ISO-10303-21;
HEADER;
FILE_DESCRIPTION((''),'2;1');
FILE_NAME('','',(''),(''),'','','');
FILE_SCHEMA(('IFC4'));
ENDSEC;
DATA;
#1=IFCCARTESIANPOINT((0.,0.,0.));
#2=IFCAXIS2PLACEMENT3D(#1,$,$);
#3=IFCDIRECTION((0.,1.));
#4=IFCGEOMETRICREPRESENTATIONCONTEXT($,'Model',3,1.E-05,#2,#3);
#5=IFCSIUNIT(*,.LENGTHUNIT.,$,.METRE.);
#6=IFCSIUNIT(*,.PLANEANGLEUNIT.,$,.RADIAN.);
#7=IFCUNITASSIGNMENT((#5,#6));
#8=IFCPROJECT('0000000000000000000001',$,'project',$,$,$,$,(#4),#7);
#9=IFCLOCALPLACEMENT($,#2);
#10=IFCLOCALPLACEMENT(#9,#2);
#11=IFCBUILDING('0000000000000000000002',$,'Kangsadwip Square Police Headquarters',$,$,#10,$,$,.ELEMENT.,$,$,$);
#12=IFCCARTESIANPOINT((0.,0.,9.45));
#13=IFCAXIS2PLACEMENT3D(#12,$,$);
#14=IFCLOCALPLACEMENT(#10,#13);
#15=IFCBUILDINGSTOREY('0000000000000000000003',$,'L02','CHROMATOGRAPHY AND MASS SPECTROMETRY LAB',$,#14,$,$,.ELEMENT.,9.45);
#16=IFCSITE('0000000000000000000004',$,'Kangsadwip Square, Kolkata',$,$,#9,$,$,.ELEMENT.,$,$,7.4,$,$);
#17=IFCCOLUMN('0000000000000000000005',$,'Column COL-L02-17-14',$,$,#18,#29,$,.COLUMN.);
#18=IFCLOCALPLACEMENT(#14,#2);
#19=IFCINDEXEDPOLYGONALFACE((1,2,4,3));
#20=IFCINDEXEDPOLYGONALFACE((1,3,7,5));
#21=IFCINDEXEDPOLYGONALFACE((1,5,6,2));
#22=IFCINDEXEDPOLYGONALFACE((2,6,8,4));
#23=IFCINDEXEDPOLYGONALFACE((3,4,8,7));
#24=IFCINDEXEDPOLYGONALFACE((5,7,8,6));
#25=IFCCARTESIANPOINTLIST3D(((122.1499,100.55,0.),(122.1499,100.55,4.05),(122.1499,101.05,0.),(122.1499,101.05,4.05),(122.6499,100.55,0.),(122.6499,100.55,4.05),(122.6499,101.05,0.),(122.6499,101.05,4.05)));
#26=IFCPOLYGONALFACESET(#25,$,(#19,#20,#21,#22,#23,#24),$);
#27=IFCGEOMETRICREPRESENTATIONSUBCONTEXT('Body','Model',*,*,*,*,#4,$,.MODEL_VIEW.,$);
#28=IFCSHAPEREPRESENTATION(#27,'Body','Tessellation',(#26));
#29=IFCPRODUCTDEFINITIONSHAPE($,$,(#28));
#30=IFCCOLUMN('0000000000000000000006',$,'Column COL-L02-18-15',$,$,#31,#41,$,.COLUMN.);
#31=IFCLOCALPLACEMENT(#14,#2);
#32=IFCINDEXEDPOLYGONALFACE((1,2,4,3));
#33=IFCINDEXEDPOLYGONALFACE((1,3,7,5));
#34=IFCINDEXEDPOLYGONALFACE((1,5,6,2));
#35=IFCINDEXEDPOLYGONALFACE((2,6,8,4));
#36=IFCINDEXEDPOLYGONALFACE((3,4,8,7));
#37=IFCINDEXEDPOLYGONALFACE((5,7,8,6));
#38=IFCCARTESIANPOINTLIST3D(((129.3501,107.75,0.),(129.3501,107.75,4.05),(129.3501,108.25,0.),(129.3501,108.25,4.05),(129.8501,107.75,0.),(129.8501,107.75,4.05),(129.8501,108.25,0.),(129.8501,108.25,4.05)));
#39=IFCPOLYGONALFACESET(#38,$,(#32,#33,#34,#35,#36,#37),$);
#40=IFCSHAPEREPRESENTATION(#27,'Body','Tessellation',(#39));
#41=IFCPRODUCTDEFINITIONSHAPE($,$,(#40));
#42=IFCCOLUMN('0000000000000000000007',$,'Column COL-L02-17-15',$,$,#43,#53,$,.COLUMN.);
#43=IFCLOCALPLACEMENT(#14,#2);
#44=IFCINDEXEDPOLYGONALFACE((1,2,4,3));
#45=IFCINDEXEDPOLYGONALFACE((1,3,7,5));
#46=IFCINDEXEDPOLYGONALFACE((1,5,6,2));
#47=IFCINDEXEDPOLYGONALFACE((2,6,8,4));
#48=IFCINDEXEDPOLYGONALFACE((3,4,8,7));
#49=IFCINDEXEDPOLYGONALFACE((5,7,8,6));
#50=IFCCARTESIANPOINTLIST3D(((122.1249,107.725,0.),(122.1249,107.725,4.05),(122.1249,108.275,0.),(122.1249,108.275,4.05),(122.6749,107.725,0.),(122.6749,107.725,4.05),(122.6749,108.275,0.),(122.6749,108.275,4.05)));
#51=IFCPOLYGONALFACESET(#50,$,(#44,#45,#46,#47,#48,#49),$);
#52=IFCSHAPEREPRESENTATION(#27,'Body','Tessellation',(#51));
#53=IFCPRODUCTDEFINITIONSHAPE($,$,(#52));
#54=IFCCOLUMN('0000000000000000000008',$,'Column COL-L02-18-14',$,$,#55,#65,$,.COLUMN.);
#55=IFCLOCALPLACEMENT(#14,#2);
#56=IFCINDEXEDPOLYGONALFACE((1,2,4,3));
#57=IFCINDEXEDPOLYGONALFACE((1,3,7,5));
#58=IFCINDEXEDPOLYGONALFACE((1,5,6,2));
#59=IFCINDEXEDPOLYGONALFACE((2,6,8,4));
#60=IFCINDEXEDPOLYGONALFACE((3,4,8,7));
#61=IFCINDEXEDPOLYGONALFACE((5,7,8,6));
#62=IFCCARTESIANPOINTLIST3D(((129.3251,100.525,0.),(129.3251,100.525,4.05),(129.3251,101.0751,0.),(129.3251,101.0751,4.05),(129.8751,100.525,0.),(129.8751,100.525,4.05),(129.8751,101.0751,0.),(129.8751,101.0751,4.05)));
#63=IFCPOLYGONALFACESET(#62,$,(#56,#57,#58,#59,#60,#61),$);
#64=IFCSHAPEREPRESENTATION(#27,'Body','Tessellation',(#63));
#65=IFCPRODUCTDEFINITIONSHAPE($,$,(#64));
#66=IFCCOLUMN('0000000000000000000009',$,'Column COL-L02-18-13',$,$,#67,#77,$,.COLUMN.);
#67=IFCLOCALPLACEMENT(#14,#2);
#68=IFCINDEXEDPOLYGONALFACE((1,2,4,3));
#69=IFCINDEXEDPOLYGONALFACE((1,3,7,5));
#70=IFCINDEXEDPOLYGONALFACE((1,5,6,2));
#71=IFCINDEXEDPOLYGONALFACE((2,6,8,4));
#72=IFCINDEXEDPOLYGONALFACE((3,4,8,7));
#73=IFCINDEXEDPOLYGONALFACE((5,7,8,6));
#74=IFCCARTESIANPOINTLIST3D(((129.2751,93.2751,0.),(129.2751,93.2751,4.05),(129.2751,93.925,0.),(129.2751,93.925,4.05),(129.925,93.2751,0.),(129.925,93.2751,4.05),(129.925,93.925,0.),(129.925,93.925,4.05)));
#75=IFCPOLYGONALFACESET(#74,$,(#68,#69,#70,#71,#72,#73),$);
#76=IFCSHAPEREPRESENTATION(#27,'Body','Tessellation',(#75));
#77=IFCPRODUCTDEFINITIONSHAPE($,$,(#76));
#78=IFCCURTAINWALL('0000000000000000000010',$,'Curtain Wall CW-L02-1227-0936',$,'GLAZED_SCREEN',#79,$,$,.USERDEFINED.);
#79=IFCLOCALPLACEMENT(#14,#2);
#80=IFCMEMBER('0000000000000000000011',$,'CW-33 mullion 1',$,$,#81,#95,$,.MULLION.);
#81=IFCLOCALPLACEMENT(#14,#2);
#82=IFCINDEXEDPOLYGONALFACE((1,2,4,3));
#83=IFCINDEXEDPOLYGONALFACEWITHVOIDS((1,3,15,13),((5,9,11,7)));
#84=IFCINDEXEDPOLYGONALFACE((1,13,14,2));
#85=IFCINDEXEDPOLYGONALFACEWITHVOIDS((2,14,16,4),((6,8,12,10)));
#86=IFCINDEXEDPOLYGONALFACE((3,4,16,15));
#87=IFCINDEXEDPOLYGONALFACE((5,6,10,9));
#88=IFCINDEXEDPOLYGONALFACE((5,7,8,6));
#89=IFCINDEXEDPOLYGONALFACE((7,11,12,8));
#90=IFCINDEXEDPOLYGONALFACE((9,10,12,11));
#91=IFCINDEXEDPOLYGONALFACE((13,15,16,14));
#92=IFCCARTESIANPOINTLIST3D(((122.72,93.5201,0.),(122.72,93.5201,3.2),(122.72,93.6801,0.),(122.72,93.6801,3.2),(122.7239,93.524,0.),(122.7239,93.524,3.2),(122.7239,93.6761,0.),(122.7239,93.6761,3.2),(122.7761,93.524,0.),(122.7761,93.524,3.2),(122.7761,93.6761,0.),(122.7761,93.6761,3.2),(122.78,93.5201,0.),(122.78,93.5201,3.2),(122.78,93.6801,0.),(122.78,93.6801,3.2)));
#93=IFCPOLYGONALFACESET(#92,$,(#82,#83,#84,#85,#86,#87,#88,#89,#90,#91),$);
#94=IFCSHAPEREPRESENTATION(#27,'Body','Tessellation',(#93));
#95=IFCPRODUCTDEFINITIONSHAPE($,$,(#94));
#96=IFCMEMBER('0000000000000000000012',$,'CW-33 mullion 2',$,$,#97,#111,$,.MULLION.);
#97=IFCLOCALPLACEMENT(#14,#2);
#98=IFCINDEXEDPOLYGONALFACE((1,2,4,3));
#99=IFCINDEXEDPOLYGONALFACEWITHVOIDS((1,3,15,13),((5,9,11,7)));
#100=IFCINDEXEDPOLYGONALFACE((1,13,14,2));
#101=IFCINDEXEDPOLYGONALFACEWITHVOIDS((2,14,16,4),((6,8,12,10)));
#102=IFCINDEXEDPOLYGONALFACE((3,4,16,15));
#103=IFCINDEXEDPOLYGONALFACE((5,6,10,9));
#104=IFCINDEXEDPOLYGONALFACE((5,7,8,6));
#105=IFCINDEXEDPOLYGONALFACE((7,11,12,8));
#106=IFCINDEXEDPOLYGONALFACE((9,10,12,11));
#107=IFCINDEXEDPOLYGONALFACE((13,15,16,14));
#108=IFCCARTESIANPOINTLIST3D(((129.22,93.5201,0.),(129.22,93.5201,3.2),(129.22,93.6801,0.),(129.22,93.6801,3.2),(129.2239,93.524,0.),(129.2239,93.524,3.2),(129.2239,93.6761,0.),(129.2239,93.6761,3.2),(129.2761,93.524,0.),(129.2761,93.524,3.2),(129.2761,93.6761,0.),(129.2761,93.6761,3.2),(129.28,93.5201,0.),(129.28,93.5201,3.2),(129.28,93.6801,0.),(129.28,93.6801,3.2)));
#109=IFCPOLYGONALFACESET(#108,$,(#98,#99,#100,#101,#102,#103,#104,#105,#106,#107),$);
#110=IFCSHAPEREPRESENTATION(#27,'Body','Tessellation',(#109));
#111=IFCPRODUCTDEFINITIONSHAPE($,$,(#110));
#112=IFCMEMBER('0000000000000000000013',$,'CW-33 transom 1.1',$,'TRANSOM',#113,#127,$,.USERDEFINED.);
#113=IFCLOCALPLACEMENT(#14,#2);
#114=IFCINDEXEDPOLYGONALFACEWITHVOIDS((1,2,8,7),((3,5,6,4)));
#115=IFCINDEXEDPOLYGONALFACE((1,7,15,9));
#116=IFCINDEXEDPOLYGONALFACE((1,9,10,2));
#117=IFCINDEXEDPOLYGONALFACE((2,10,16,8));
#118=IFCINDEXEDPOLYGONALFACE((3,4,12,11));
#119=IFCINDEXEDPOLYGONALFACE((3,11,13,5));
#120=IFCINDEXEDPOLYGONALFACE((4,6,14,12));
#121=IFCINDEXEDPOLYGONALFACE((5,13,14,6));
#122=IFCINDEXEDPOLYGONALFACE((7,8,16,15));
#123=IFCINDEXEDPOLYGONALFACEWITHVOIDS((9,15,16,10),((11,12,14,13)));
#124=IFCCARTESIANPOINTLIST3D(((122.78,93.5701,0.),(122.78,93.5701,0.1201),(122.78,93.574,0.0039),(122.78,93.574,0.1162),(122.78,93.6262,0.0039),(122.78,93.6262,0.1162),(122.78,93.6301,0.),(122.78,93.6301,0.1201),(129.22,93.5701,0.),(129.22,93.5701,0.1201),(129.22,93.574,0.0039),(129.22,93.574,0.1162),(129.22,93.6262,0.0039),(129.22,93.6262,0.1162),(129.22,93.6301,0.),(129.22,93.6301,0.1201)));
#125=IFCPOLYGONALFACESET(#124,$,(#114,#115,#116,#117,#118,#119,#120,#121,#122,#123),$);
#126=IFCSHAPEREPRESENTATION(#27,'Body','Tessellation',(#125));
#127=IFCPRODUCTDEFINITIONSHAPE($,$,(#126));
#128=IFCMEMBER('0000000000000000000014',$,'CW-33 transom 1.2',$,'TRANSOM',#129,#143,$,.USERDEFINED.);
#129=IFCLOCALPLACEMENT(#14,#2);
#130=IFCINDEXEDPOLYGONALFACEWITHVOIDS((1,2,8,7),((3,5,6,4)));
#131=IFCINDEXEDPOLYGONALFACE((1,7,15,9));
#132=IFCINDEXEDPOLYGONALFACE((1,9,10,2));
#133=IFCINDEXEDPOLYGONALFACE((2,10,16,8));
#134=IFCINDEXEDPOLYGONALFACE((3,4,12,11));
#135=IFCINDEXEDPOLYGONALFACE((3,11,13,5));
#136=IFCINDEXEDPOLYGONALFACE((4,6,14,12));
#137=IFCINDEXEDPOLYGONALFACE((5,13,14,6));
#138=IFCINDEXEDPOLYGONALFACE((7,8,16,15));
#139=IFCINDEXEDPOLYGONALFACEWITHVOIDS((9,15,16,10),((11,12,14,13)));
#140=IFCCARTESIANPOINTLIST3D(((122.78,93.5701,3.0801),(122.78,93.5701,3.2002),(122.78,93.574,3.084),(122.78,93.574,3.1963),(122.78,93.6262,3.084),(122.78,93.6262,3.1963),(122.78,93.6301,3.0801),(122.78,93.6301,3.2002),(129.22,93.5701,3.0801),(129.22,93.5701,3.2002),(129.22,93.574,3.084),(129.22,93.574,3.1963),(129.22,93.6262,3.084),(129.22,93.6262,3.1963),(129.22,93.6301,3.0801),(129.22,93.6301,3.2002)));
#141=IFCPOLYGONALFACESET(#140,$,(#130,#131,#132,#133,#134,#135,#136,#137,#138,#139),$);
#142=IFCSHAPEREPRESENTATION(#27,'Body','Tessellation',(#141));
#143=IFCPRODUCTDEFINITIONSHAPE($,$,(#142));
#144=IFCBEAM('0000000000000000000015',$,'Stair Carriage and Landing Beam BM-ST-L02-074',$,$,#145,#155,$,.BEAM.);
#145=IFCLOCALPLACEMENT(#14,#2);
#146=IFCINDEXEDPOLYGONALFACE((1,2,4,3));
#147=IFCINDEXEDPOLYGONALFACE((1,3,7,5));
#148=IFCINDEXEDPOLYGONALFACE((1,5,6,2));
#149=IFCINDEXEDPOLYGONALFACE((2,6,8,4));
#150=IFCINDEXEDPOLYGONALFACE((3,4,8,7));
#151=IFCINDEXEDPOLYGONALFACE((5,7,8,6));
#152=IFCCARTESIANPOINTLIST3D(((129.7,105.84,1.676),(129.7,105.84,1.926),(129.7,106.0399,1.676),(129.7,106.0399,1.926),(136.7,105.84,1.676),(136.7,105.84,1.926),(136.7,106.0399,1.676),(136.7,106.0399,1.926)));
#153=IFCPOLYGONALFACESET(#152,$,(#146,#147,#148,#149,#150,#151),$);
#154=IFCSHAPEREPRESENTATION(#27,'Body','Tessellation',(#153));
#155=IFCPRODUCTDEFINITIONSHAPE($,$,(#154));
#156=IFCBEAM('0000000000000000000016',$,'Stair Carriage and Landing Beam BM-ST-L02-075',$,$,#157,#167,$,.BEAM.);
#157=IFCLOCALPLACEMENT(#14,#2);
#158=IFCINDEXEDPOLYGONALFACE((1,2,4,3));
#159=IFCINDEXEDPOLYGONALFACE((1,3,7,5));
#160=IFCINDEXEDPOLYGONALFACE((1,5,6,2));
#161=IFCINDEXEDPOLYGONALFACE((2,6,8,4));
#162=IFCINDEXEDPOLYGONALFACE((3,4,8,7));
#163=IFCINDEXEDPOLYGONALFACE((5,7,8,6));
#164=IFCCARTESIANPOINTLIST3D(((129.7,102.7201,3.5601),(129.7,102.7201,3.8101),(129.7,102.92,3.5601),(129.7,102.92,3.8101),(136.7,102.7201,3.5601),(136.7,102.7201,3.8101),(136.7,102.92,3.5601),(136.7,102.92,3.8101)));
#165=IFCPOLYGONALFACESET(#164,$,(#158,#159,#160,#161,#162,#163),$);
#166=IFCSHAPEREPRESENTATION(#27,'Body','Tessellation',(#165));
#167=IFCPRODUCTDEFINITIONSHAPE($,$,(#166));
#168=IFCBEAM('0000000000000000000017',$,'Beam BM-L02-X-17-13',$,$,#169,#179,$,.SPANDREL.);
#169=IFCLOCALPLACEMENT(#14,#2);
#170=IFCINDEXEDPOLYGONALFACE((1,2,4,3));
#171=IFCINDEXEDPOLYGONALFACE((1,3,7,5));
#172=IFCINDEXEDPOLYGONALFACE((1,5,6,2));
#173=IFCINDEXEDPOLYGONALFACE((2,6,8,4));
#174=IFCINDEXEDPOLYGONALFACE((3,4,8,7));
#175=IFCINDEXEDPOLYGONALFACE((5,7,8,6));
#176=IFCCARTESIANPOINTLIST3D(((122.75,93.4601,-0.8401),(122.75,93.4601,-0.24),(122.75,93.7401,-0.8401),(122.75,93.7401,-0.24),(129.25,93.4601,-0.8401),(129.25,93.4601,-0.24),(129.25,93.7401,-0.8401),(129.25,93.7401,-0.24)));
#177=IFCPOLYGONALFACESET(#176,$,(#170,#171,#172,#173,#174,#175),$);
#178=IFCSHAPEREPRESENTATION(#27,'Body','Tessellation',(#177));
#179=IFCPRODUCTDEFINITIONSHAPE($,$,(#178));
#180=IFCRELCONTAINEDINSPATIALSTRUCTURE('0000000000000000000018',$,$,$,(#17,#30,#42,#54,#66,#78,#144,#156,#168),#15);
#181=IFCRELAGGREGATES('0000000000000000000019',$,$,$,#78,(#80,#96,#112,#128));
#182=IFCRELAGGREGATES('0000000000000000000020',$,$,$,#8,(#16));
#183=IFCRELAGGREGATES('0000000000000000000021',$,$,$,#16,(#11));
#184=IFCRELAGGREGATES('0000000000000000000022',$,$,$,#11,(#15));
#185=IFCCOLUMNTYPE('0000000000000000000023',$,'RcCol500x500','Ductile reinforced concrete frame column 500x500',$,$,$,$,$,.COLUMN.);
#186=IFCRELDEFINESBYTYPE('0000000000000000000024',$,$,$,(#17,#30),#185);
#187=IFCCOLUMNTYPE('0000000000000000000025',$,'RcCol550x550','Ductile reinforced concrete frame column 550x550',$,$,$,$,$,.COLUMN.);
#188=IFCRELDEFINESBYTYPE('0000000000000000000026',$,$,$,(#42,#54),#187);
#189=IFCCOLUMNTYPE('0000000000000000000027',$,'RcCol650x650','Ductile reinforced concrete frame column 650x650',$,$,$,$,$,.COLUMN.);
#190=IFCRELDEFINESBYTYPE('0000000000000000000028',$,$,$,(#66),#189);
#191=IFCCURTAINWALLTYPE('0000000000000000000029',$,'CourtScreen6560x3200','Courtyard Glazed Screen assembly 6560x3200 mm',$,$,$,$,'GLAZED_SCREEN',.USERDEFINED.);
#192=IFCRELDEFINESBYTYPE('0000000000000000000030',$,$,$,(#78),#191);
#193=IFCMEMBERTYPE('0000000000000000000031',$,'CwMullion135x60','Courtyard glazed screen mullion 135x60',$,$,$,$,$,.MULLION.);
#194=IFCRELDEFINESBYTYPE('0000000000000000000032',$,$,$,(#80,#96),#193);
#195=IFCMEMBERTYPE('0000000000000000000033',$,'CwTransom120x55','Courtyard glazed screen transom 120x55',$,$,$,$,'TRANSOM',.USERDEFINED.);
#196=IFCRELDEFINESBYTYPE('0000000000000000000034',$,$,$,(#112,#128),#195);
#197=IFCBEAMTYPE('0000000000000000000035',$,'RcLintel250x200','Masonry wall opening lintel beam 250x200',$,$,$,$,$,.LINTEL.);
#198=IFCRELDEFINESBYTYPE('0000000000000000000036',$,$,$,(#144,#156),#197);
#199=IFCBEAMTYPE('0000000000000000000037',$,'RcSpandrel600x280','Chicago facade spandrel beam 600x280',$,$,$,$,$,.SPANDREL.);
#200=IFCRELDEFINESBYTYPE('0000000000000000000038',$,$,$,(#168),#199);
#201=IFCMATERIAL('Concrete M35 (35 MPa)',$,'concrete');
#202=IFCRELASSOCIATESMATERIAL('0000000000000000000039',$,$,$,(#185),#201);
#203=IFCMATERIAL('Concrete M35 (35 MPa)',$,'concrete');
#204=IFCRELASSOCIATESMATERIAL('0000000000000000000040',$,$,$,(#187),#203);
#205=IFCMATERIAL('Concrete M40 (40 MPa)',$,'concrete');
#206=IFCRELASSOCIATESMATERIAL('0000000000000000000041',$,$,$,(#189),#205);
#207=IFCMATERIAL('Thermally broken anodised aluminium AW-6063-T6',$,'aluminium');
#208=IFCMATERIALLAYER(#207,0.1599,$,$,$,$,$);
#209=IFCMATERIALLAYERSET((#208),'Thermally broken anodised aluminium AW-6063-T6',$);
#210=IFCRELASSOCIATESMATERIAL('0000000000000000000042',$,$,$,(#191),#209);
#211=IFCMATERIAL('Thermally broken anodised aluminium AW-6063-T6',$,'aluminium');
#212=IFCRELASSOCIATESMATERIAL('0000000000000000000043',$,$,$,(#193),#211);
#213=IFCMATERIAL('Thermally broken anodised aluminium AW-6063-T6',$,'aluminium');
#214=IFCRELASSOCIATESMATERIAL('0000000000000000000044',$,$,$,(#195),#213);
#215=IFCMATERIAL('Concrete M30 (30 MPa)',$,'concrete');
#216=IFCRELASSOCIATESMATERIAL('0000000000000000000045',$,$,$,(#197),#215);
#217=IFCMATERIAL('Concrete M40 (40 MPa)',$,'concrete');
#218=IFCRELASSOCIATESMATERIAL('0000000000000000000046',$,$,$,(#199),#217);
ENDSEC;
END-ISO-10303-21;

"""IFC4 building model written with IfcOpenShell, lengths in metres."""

from ifc_helpers import new_model, si_unit, direction, frame, origin, origin_2d, place, context, subcontext, project, spatial, rectangle, hollow_rectangle, extrude, material, layer, layer_set, material_profile, profile_set, type_object, element, aggregate, save


model = new_model("IFC4")

# Units and contexts
model_context = context("Model", 3, precision=1e-05, world=origin(), true_north=direction((0.0, 1.0)))
body_context = subcontext(model_context, "Body", "Model", "MODEL_VIEW")
ifc_project = project(units=[si_unit("LENGTHUNIT", "METRE"), si_unit("PLANEANGLEUNIT", "RADIAN")], contexts=[model_context])

# Site, building, storey
site_placement = place(None, origin())
site = spatial("IfcSite", under=ifc_project, at=site_placement, Name="Kangsadwip Square, Kolkata", CompositionType="ELEMENT", RefElevation=7.4)
building_placement = place(site_placement, origin())
building = spatial("IfcBuilding", under=site, at=building_placement, Name="Kangsadwip Square Police Headquarters", CompositionType="ELEMENT")
storey_placement = place(building_placement, frame((0.0, 0.0, 9.45)))
storey = spatial("IfcBuildingStorey", under=building, at=storey_placement, Name="L02", Description="CHROMATOGRAPHY AND MASS SPECTROMETRY LAB", CompositionType="ELEMENT", Elevation=9.45)

# Columns
ifc_material_1 = material(Name="Concrete M35 (35 MPa)", Category="concrete")
ifc_material_profile_1 = material_profile(ifc_material_1, rectangle(XDim=0.5, YDim=0.5, at=origin_2d()), Name="RC COL 500X500")
ifc_profile_set_1 = profile_set([ifc_material_profile_1], Name="Concrete M35 (35 MPa)")
column_type_1 = type_object("IfcColumnType", Name="RcCol500x500", Description="Ductile reinforced concrete frame column 500x500", PredefinedType="COLUMN", material=ifc_profile_set_1)
for number, where, z_axis, x_axis, name in (
    (1, (122.3999, 100.8, 0.0), (0.0, 0.0, 1.0), (1.0, 0.0, 0.0), "Column COL-L02-17-14"),
    (2, (129.6001, 108.0, 0.0), (0.0, 0.0, 1.0), (1.0, 0.0, 0.0), "Column COL-L02-18-15"),
):
    element("IfcColumn", number, at=place(storey_placement, frame(where, z_axis=z_axis, x_axis=x_axis)), inside=storey, type_object=column_type_1, Name=name, PredefinedType="COLUMN", context=body_context, shape_type="SweptSolid", body=[
        extrude(rectangle(XDim=0.5, YDim=0.5, at=origin_2d()), origin(), (0.0, 0.0, 1.0), 4.05),
    ])
ifc_material_2 = material(Name="Concrete M35 (35 MPa)", Category="concrete")
ifc_material_profile_2 = material_profile(ifc_material_2, rectangle(XDim=0.55, YDim=0.55, at=origin_2d()), Name="RC COL 550X550")
ifc_profile_set_2 = profile_set([ifc_material_profile_2], Name="Concrete M35 (35 MPa)")
column_type_2 = type_object("IfcColumnType", Name="RcCol550x550", Description="Ductile reinforced concrete frame column 550x550", PredefinedType="COLUMN", material=ifc_profile_set_2)
for number, where, z_axis, x_axis, name in (
    (3, (122.3999, 108.0, 0.0), (0.0, 0.0, 1.0), (1.0, 0.0, 0.0), "Column COL-L02-17-15"),
    (4, (129.6001, 100.8, 0.0), (0.0, 0.0, 1.0), (1.0, 0.0, 0.0), "Column COL-L02-18-14"),
):
    element("IfcColumn", number, at=place(storey_placement, frame(where, z_axis=z_axis, x_axis=x_axis)), inside=storey, type_object=column_type_2, Name=name, PredefinedType="COLUMN", context=body_context, shape_type="SweptSolid", body=[
        extrude(rectangle(XDim=0.55, YDim=0.55, at=origin_2d()), origin(), (0.0, 0.0, 1.0), 4.05),
    ])
ifc_material_3 = material(Name="Concrete M40 (40 MPa)", Category="concrete")
ifc_material_profile_3 = material_profile(ifc_material_3, rectangle(XDim=0.6499, YDim=0.6499, at=origin_2d()), Name="RC COL 650X650")
ifc_profile_set_3 = profile_set([ifc_material_profile_3], Name="Concrete M40 (40 MPa)")
column_type_3 = type_object("IfcColumnType", Name="RcCol650x650", Description="Ductile reinforced concrete frame column 650x650", PredefinedType="COLUMN", material=ifc_profile_set_3)
column_placement = place(storey_placement, frame((129.6001, 93.6001, 0.0), z_axis=(0.0, 0.0, 1.0), x_axis=(1.0, 0.0, 0.0)))
element("IfcColumn", 5, at=column_placement, inside=storey, type_object=column_type_3, Name="Column COL-L02-18-13", PredefinedType="COLUMN", context=body_context, shape_type="SweptSolid", body=[
    extrude(rectangle(XDim=0.6499, YDim=0.6499, at=origin_2d()), origin(), (0.0, 0.0, 1.0), 4.05),
])

# Curtain wall, members
ifc_material_4 = material(Name="Thermally broken anodised aluminium AW-6063-T6", Category="aluminium")
ifc_layer_1 = layer(ifc_material_4, 0.1599)
ifc_layer_set_1 = layer_set([ifc_layer_1], Name="Thermally broken anodised aluminium AW-6063-T6")
curtain_wall_type = type_object("IfcCurtainWallType", Name="CourtScreen6560x3200", Description="Courtyard Glazed Screen assembly 6560x3200 mm", ElementType="GLAZED_SCREEN", PredefinedType="USERDEFINED", material=ifc_layer_set_1)
curtain_wall_placement = place(storey_placement, origin())
curtain_wall = element("IfcCurtainWall", 6, at=curtain_wall_placement, inside=storey, type_object=curtain_wall_type, Name="Curtain Wall CW-L02-1227-0936", ObjectType="GLAZED_SCREEN", PredefinedType="USERDEFINED")
ifc_material_5 = material(Name="Thermally broken anodised aluminium AW-6063-T6", Category="aluminium")
ifc_material_profile_4 = material_profile(ifc_material_5, hollow_rectangle(XDim=0.0601, YDim=0.1599, WallThickness=0.0039, at=origin_2d()), Name="CWM 160X60X4")
ifc_profile_set_4 = profile_set([ifc_material_profile_4], Name="Thermally broken anodised aluminium AW-6063-T6")
member_type_1 = type_object("IfcMemberType", Name="CwMullion135x60", Description="Courtyard glazed screen mullion 135x60", PredefinedType="MULLION", material=ifc_profile_set_4)
member_1_placement = place(storey_placement, frame((122.75, 93.6001, 0.0), z_axis=(0.0, 0.0, 1.0), x_axis=(1.0, 0.0, 0.0)))
member_1 = element("IfcMember", 7, at=member_1_placement, type_object=member_type_1, Name="CW-33 mullion 1", PredefinedType="MULLION", context=body_context, shape_type="SweptSolid", body=[
    extrude(hollow_rectangle(XDim=0.0601, YDim=0.1599, WallThickness=0.0039, at=origin_2d()), origin(), (0.0, 0.0, 1.0), 3.2),
])
member_2_placement = place(storey_placement, frame((129.25, 93.6001, 0.0), z_axis=(0.0, 0.0, 1.0), x_axis=(1.0, 0.0, 0.0)))
member_2 = element("IfcMember", 8, at=member_2_placement, type_object=member_type_1, Name="CW-33 mullion 2", PredefinedType="MULLION", context=body_context, shape_type="SweptSolid", body=[
    extrude(hollow_rectangle(XDim=0.0601, YDim=0.1599, WallThickness=0.0039, at=origin_2d()), origin(), (0.0, 0.0, 1.0), 3.2),
])
ifc_material_6 = material(Name="Thermally broken anodised aluminium AW-6063-T6", Category="aluminium")
ifc_material_profile_5 = material_profile(ifc_material_6, hollow_rectangle(XDim=0.0601, YDim=0.1201, WallThickness=0.0039, at=origin_2d()), Name="CWT 120X60X4")
ifc_profile_set_5 = profile_set([ifc_material_profile_5], Name="Thermally broken anodised aluminium AW-6063-T6")
member_type_2 = type_object("IfcMemberType", Name="CwTransom120x55", Description="Courtyard glazed screen transom 120x55", ElementType="TRANSOM", PredefinedType="USERDEFINED", material=ifc_profile_set_5)
member_3_placement = place(storey_placement, frame((122.78, 93.6001, 0.0601), z_axis=(1.0, 0.0, 0.0), x_axis=(0.0, 1.0, 0.0)))
member_3 = element("IfcMember", 9, at=member_3_placement, type_object=member_type_2, Name="CW-33 transom 1.1", ObjectType="TRANSOM", PredefinedType="USERDEFINED", context=body_context, shape_type="SweptSolid", body=[
    extrude(hollow_rectangle(XDim=0.0601, YDim=0.1201, WallThickness=0.0039, at=origin_2d()), origin(), (0.0, 0.0, 1.0), 6.4399),
])
member_4_placement = place(storey_placement, frame((122.78, 93.6001, 3.1401), z_axis=(1.0, 0.0, 0.0), x_axis=(0.0, 1.0, 0.0)))
member_4 = element("IfcMember", 10, at=member_4_placement, type_object=member_type_2, Name="CW-33 transom 1.2", ObjectType="TRANSOM", PredefinedType="USERDEFINED", context=body_context, shape_type="SweptSolid", body=[
    extrude(hollow_rectangle(XDim=0.0601, YDim=0.1201, WallThickness=0.0039, at=origin_2d()), origin(), (0.0, 0.0, 1.0), 6.4399),
])

# Beams
ifc_material_7 = material(Name="Concrete M30 (30 MPa)", Category="concrete")
ifc_material_profile_6 = material_profile(ifc_material_7, rectangle(XDim=0.2, YDim=0.25, at=origin_2d()), Name="RC LNT 250X200")
ifc_profile_set_6 = profile_set([ifc_material_profile_6], Name="Concrete M30 (30 MPa)")
beam_type_1 = type_object("IfcBeamType", Name="RcLintel250x200", Description="Masonry wall opening lintel beam 250x200", PredefinedType="LINTEL", material=ifc_profile_set_6)
for number, where, z_axis, x_axis, name in (
    (11, (129.7, 105.9399, 1.801), (1.0, 0.0, 0.0), (0.0, 1.0, 0.0), "Stair Carriage and Landing Beam BM-ST-L02-074"),
    (12, (129.7, 102.8201, 3.6851), (1.0, 0.0, 0.0), (0.0, 1.0, 0.0), "Stair Carriage and Landing Beam BM-ST-L02-075"),
):
    element("IfcBeam", number, at=place(storey_placement, frame(where, z_axis=z_axis, x_axis=x_axis)), inside=storey, type_object=beam_type_1, Name=name, PredefinedType="BEAM", context=body_context, shape_type="SweptSolid", body=[
        extrude(rectangle(XDim=0.2, YDim=0.25, at=origin_2d()), origin(), (0.0, 0.0, 1.0), 7.0),
    ])
ifc_material_8 = material(Name="Concrete M40 (40 MPa)", Category="concrete")
ifc_material_profile_7 = material_profile(ifc_material_8, rectangle(XDim=0.28, YDim=0.6001, at=origin_2d()), Name="RC SPN 600X280")
ifc_profile_set_7 = profile_set([ifc_material_profile_7], Name="Concrete M40 (40 MPa)")
beam_type_2 = type_object("IfcBeamType", Name="RcSpandrel600x280", Description="Chicago facade spandrel beam 600x280", PredefinedType="SPANDREL", material=ifc_profile_set_7)
beam_1_placement = place(storey_placement, frame((122.75, 93.6001, -0.54), z_axis=(1.0, 0.0, 0.0), x_axis=(0.0, 1.0, 0.0)))
element("IfcBeam", 13, at=beam_1_placement, inside=storey, type_object=beam_type_2, Name="Beam BM-L02-X-17-13", PredefinedType="SPANDREL", context=body_context, shape_type="SweptSolid", body=[
    extrude(rectangle(XDim=0.28, YDim=0.6001, at=origin_2d()), origin(), (0.0, 0.0, 1.0), 6.5),
])

aggregate(curtain_wall, [member_1, member_2, member_3, member_4])

save(model, "model.ifc")
